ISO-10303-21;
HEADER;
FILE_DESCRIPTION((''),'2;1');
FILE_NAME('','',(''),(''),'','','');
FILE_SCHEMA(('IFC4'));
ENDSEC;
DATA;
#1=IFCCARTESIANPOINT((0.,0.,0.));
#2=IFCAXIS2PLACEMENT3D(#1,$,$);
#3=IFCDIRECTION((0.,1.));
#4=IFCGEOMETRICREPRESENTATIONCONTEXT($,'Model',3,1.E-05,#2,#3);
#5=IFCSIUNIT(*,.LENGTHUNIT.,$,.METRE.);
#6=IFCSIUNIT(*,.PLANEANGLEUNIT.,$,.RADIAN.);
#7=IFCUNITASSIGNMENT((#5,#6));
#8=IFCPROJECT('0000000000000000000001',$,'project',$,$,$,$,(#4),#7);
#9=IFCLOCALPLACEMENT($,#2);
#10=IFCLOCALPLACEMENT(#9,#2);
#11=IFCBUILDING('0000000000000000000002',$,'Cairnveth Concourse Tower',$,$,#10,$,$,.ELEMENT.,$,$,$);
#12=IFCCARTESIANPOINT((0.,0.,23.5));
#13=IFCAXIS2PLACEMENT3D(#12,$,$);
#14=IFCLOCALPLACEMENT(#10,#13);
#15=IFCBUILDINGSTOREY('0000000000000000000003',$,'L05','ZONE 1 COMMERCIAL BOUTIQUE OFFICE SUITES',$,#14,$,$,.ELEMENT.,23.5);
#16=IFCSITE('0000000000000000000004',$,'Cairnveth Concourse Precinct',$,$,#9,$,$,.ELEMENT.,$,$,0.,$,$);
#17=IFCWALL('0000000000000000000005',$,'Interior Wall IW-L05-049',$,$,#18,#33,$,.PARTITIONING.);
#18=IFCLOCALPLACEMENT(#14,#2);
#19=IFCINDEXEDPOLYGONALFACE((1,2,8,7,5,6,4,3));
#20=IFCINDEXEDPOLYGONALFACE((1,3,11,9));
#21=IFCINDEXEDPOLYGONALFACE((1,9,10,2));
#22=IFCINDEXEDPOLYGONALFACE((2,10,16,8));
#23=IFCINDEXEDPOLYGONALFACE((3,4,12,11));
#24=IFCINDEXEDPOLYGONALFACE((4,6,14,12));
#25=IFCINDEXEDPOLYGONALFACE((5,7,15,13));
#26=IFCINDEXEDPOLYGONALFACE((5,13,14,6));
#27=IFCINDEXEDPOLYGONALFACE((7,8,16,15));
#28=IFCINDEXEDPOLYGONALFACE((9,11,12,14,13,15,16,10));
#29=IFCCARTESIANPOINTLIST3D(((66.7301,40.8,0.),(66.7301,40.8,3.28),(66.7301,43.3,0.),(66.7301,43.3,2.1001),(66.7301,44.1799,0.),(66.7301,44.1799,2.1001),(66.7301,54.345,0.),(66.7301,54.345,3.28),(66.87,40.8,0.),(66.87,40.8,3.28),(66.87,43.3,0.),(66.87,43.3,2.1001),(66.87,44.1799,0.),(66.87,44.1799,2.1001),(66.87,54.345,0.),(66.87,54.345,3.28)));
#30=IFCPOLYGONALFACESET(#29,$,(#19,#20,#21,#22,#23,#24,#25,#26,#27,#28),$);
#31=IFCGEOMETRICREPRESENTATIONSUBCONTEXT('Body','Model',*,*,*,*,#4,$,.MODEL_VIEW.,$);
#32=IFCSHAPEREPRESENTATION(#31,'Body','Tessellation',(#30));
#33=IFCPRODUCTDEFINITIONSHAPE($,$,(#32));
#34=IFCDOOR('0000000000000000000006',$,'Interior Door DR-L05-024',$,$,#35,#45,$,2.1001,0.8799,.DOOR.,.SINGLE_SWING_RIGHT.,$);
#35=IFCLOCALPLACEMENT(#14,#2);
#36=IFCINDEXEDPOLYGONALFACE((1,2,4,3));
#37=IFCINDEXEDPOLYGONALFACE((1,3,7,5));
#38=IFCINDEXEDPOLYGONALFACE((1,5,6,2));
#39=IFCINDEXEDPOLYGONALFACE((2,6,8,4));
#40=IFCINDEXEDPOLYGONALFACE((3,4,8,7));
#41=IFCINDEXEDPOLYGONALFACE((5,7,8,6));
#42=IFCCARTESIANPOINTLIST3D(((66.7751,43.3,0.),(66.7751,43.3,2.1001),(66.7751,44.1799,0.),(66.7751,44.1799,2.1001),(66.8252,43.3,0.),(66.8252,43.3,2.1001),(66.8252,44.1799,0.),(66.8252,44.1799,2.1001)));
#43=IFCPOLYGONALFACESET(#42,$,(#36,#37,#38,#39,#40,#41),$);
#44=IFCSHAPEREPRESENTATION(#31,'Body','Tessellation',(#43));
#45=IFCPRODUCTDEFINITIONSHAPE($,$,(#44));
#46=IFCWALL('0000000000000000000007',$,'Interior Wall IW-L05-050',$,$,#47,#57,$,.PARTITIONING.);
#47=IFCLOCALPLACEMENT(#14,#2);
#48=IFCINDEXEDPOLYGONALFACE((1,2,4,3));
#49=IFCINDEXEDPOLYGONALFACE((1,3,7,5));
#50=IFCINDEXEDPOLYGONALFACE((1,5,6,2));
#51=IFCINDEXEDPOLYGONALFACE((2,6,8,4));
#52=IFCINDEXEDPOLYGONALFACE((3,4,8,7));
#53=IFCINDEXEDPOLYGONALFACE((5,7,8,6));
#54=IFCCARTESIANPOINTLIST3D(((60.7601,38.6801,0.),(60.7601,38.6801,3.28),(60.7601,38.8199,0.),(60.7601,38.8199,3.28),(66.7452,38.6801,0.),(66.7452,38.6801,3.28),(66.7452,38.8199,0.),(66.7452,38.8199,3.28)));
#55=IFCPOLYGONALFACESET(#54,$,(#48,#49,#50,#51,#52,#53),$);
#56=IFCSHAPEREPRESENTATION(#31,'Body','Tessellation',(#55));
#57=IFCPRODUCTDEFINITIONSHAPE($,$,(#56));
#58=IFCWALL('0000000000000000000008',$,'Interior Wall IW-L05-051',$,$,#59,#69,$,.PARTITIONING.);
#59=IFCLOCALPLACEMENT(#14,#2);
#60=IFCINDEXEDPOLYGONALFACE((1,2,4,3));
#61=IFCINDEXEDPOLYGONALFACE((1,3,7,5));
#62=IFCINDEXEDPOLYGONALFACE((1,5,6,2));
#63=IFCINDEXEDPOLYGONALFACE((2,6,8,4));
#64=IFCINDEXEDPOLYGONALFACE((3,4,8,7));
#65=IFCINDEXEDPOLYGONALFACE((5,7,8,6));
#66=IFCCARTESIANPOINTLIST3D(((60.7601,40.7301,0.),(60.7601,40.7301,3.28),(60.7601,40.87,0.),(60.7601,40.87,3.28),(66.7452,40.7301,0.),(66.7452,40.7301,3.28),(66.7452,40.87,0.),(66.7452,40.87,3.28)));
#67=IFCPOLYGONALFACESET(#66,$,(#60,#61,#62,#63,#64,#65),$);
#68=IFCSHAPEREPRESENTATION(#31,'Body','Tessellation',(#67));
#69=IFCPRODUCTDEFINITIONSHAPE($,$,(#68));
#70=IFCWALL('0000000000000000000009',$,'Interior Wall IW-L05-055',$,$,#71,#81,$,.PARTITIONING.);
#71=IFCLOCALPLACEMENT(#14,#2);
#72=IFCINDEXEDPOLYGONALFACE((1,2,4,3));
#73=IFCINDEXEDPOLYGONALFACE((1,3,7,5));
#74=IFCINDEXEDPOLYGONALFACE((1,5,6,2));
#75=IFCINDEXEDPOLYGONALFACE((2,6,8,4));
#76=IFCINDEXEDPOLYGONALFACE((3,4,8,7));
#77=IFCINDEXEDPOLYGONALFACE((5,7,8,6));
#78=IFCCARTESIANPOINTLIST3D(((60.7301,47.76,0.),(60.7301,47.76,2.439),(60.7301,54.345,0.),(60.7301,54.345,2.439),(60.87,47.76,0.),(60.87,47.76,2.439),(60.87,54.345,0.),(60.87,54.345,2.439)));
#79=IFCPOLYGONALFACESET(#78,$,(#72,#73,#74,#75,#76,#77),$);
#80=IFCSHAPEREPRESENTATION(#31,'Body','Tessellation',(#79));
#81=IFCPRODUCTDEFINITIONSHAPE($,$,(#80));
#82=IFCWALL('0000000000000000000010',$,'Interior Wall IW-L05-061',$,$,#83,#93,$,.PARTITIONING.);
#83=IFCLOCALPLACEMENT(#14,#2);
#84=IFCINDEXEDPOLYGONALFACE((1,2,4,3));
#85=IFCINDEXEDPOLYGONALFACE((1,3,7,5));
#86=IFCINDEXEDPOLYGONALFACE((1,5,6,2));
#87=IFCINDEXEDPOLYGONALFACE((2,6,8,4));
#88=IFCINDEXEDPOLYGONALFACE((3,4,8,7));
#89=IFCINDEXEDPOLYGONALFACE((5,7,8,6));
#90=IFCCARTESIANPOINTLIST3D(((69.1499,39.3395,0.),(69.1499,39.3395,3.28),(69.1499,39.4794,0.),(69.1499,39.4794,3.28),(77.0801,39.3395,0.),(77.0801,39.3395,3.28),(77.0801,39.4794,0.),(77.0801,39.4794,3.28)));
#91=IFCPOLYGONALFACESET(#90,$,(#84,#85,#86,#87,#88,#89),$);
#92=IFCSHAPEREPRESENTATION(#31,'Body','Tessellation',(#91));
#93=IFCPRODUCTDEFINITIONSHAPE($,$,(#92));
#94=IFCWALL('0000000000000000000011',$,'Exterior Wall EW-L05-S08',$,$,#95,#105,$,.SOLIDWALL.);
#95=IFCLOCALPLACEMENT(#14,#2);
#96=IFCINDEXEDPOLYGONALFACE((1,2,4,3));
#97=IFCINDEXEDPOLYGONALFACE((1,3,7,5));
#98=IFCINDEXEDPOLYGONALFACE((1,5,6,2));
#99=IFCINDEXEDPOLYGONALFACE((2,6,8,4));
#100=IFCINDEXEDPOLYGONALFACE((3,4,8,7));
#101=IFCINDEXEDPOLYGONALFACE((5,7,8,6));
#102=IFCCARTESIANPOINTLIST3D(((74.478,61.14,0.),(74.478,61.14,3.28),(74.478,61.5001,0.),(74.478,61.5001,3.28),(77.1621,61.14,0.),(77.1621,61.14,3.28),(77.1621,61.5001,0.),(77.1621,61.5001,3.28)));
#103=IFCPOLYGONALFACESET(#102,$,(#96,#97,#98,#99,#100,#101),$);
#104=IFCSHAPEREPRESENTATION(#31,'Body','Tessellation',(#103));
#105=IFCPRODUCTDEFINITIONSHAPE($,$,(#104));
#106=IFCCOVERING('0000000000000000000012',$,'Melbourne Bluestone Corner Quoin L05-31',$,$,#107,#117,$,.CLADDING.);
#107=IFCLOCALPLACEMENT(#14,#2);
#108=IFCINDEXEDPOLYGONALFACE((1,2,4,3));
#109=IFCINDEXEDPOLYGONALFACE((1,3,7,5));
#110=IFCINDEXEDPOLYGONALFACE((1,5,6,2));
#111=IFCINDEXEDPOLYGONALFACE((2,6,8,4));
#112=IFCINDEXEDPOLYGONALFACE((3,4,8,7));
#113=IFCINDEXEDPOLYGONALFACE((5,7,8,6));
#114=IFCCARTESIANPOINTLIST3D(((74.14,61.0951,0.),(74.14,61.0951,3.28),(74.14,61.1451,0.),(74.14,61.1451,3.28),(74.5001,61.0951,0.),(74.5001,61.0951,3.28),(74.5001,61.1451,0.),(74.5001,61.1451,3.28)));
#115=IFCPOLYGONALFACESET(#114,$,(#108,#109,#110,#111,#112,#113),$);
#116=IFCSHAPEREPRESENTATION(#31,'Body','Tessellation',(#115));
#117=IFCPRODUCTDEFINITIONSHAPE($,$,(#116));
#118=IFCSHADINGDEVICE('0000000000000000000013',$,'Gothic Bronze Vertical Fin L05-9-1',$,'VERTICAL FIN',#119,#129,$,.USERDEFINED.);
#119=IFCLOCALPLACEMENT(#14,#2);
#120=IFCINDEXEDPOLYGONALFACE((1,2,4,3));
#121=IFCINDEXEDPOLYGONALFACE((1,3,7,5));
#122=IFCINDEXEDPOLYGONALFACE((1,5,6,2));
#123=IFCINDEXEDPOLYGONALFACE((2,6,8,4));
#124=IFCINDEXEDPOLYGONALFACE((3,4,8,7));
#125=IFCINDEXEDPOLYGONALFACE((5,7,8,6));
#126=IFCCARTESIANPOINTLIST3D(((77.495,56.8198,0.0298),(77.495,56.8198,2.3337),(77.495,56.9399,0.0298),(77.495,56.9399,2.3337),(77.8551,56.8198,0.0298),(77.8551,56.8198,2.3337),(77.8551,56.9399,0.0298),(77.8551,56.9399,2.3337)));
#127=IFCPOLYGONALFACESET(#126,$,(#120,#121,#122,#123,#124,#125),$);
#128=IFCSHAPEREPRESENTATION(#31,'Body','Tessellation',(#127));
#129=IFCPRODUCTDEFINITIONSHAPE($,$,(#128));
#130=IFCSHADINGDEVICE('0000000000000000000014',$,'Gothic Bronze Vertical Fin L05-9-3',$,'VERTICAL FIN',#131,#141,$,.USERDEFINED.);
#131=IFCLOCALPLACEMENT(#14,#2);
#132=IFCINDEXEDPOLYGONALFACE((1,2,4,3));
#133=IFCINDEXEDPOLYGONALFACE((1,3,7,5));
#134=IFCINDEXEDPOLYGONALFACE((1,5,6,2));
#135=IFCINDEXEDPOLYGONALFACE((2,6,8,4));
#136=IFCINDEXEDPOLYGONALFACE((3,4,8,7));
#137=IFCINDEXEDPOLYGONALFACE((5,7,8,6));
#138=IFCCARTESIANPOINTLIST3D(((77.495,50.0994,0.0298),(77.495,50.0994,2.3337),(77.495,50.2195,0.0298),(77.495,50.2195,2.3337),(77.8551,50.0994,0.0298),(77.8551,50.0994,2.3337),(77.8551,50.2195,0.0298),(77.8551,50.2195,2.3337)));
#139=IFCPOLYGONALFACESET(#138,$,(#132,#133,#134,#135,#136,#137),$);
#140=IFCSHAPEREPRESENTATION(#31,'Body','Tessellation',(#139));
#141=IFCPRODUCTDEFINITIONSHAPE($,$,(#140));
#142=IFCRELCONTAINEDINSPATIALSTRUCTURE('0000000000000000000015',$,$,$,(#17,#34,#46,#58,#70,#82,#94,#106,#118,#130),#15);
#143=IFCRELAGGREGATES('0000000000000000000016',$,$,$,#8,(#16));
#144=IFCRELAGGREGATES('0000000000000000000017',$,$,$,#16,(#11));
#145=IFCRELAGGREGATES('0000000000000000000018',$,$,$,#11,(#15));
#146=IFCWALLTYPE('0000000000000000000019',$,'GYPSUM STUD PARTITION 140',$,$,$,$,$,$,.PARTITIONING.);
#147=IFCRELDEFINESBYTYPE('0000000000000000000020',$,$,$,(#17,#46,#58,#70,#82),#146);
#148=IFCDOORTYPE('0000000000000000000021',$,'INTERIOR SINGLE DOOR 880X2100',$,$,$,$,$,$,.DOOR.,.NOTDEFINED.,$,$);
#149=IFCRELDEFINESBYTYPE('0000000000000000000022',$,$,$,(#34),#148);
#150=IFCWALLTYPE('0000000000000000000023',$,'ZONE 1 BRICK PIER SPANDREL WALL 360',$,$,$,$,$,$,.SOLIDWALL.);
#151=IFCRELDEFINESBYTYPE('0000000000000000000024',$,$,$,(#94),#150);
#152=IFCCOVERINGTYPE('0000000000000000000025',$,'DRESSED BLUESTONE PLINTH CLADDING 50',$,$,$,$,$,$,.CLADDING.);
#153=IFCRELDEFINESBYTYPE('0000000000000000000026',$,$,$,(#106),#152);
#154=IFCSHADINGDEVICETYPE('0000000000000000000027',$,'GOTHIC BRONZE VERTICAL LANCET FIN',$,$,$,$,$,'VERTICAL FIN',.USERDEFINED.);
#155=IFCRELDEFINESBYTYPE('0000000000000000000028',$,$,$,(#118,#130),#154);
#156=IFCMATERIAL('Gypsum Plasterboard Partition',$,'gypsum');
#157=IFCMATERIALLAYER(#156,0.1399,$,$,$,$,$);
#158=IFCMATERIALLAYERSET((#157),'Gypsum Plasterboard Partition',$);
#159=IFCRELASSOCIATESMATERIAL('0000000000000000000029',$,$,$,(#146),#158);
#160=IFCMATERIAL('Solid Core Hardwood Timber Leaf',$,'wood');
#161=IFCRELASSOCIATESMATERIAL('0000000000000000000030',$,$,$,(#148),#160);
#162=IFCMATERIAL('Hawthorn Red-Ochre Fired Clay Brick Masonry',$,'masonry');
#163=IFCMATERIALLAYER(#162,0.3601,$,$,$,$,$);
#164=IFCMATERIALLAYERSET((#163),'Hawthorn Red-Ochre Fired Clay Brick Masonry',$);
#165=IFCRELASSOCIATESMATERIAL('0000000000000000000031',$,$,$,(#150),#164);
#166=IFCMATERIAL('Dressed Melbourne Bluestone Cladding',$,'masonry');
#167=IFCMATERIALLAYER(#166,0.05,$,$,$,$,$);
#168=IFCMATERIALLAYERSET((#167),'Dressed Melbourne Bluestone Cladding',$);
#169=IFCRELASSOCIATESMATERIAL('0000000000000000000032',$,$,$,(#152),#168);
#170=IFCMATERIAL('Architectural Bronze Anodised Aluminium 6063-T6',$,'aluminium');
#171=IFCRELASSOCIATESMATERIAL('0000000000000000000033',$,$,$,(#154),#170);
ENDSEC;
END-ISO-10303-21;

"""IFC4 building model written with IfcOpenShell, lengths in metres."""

from ifc_helpers import new_model, si_unit, direction, frame, frame_2d, origin, origin_2d, place, context, subcontext, project, spatial, rectangle, extrude, material, layer, layer_set, type_object, element, fill, save


model = new_model("IFC4")

# Units and contexts
model_context = context("Model", 3, precision=1e-05, world=origin(), true_north=direction((0.0, 1.0)))
body_context = subcontext(model_context, "Body", "Model", "MODEL_VIEW")
ifc_project = project(units=[si_unit("LENGTHUNIT", "METRE"), si_unit("PLANEANGLEUNIT", "RADIAN")], contexts=[model_context])

# Site, building, storey
site_placement = place(None, origin())
site = spatial("IfcSite", under=ifc_project, at=site_placement, Name="Cairnveth Concourse Precinct", CompositionType="ELEMENT", RefElevation=0.0)
building_placement = place(site_placement, origin())
building = spatial("IfcBuilding", under=site, at=building_placement, Name="Cairnveth Concourse Tower", CompositionType="ELEMENT")
storey_placement = place(building_placement, frame((0.0, 0.0, 23.5)))
storey = spatial("IfcBuildingStorey", under=building, at=storey_placement, Name="L05", Description="ZONE 1 COMMERCIAL BOUTIQUE OFFICE SUITES", CompositionType="ELEMENT", Elevation=23.5)

# Wall, opening, door
ifc_material_1 = material(Name="Gypsum Plasterboard Partition", Category="gypsum")
ifc_layer_1 = layer(ifc_material_1, 0.1399)
ifc_layer_set_1 = layer_set([ifc_layer_1], Name="Gypsum Plasterboard Partition")
wall_type_1 = type_object("IfcWallType", Name="GYPSUM STUD PARTITION 140", PredefinedType="PARTITIONING", material=ifc_layer_set_1)
wall_1_placement = place(storey_placement, frame((66.8, 40.8, 0.0), z_axis=(0.0, 0.0, 1.0), x_axis=(0.0, 1.0, 0.0)))
wall_1 = element("IfcWall", 1, at=wall_1_placement, inside=storey, type_object=wall_type_1, Name="Interior Wall IW-L05-049", PredefinedType="PARTITIONING", context=body_context, shape_type="SweptSolid", body=[
    extrude(rectangle(XDim=13.5449, YDim=0.1399, at=frame_2d((6.7725, 0.0))), origin(), (0.0, 0.0, 1.0), 3.28),
])
opening_placement = place(wall_1_placement, frame((2.5, 0.0, 0.0)))
opening = element("IfcOpeningElement", 2, at=opening_placement, cuts=wall_1, PredefinedType="OPENING", context=body_context, shape_type="SweptSolid", body=[
    extrude(rectangle(XDim=0.8799, YDim=2.1001, at=frame_2d((0.4399, 1.05))), frame((0.0, 0.0798, 0.0), z_axis=(0.0, -1.0, 0.0), x_axis=(1.0, 0.0, 0.0)), (0.0, 0.0, 1.0), 0.1599),
])
ifc_material_2 = material(Name="Solid Core Hardwood Timber Leaf", Category="wood")
door_type = type_object("IfcDoorType", Name="INTERIOR SINGLE DOOR 880X2100", OperationType="NOTDEFINED", PredefinedType="DOOR", material=ifc_material_2)
door_placement = place(opening_placement, origin())
door = element("IfcDoor", 3, at=door_placement, inside=storey, type_object=door_type, Name="Interior Door DR-L05-024", OperationType="SINGLE_SWING_RIGHT", OverallHeight=2.1001, OverallWidth=0.8799, PredefinedType="DOOR", context=body_context, shape_type="SweptSolid", body=[
    extrude(rectangle(XDim=0.8799, YDim=2.1001, at=frame_2d((0.4399, 1.05))), frame((0.0, 0.0249, 0.0), z_axis=(0.0, -1.0, 0.0), x_axis=(1.0, 0.0, 0.0)), (0.0, 0.0, 1.0), 0.05),
])
fill(opening, door)

# Walls
for number, where, z_axis, x_axis, name in (
    (4, (60.76, 38.75, 0.0), (0.0, 0.0, 1.0), (1.0, 0.0, 0.0), "Interior Wall IW-L05-050"),
    (5, (60.76, 40.8, 0.0), (0.0, 0.0, 1.0), (1.0, 0.0, 0.0), "Interior Wall IW-L05-051"),
):
    element("IfcWall", number, at=place(storey_placement, frame(where, z_axis=z_axis, x_axis=x_axis)), inside=storey, type_object=wall_type_1, Name=name, PredefinedType="PARTITIONING", context=body_context, shape_type="SweptSolid", body=[
        extrude(rectangle(XDim=5.9851, YDim=0.1399, at=frame_2d((2.9927, 0.0))), origin(), (0.0, 0.0, 1.0), 3.28),
    ])
wall_2_placement = place(storey_placement, frame((60.8, 47.76, 0.0), z_axis=(0.0, 0.0, 1.0), x_axis=(0.0, 1.0, 0.0)))
element("IfcWall", 6, at=wall_2_placement, inside=storey, type_object=wall_type_1, Name="Interior Wall IW-L05-055", PredefinedType="PARTITIONING", context=body_context, shape_type="SweptSolid", body=[
    extrude(rectangle(XDim=6.585, YDim=0.1399, at=frame_2d((3.2925, 0.0))), origin(), (0.0, 0.0, 1.0), 2.439),
])
wall_3_placement = place(storey_placement, frame((69.1499, 39.4094, 0.0), z_axis=(0.0, 0.0, 1.0), x_axis=(1.0, 0.0, 0.0)))
element("IfcWall", 7, at=wall_3_placement, inside=storey, type_object=wall_type_1, Name="Interior Wall IW-L05-061", PredefinedType="PARTITIONING", context=body_context, shape_type="SweptSolid", body=[
    extrude(rectangle(XDim=7.9302, YDim=0.1399, at=frame_2d((3.9651, 0.0))), origin(), (0.0, 0.0, 1.0), 3.28),
])
ifc_material_3 = material(Name="Hawthorn Red-Ochre Fired Clay Brick Masonry", Category="masonry")
ifc_layer_2 = layer(ifc_material_3, 0.3601)
ifc_layer_set_2 = layer_set([ifc_layer_2], Name="Hawthorn Red-Ochre Fired Clay Brick Masonry")
wall_type_2 = type_object("IfcWallType", Name="ZONE 1 BRICK PIER SPANDREL WALL 360", PredefinedType="SOLIDWALL", material=ifc_layer_set_2)
wall_4_placement = place(storey_placement, frame((74.478, 61.3201, 0.0), z_axis=(0.0, 0.0, 1.0), x_axis=(1.0, 0.0, 0.0)))
element("IfcWall", 8, at=wall_4_placement, inside=storey, type_object=wall_type_2, Name="Exterior Wall EW-L05-S08", PredefinedType="SOLIDWALL", context=body_context, shape_type="SweptSolid", body=[
    extrude(rectangle(XDim=2.6841, YDim=0.3601, at=frame_2d((1.342, 0.0))), origin(), (0.0, 0.0, 1.0), 3.28),
])

# Covering
ifc_material_4 = material(Name="Dressed Melbourne Bluestone Cladding", Category="masonry")
ifc_layer_3 = layer(ifc_material_4, 0.05)
ifc_layer_set_3 = layer_set([ifc_layer_3], Name="Dressed Melbourne Bluestone Cladding")
covering_type = type_object("IfcCoveringType", Name="DRESSED BLUESTONE PLINTH CLADDING 50", PredefinedType="CLADDING", material=ifc_layer_set_3)
covering_placement = place(storey_placement, frame((74.1399, 61.1201, 0.0), z_axis=(0.0, 0.0, 1.0), x_axis=(1.0, 0.0, 0.0)))
element("IfcCovering", 9, at=covering_placement, inside=storey, type_object=covering_type, Name="Melbourne Bluestone Corner Quoin L05-31", PredefinedType="CLADDING", context=body_context, shape_type="SweptSolid", body=[
    extrude(rectangle(XDim=0.3601, YDim=0.05, at=frame_2d((0.1802, 0.0))), origin(), (0.0, 0.0, 1.0), 3.28),
])

# Shading devices
ifc_material_5 = material(Name="Architectural Bronze Anodised Aluminium 6063-T6", Category="aluminium")
shading_device_type = type_object("IfcShadingDeviceType", Name="GOTHIC BRONZE VERTICAL LANCET FIN", ElementType="VERTICAL FIN", PredefinedType="USERDEFINED", material=ifc_material_5)
for number, where, z_axis, x_axis, name in (
    (10, (77.675, 56.8799, 0.0298), (0.0, 0.0, 1.0), (0.0, 1.0, 0.0), "Gothic Bronze Vertical Fin L05-9-1"),
    (11, (77.675, 50.1594, 0.0298), (0.0, 0.0, 1.0), (0.0, 1.0, 0.0), "Gothic Bronze Vertical Fin L05-9-3"),
):
    element("IfcShadingDevice", number, at=place(storey_placement, frame(where, z_axis=z_axis, x_axis=x_axis)), inside=storey, type_object=shading_device_type, Name=name, ObjectType="VERTICAL FIN", PredefinedType="USERDEFINED", context=body_context, shape_type="SweptSolid", body=[
        extrude(rectangle(XDim=0.1201, YDim=0.3601, at=origin_2d()), origin(), (0.0, 0.0, 1.0), 2.304),
    ])

save(model, "model.ifc")
